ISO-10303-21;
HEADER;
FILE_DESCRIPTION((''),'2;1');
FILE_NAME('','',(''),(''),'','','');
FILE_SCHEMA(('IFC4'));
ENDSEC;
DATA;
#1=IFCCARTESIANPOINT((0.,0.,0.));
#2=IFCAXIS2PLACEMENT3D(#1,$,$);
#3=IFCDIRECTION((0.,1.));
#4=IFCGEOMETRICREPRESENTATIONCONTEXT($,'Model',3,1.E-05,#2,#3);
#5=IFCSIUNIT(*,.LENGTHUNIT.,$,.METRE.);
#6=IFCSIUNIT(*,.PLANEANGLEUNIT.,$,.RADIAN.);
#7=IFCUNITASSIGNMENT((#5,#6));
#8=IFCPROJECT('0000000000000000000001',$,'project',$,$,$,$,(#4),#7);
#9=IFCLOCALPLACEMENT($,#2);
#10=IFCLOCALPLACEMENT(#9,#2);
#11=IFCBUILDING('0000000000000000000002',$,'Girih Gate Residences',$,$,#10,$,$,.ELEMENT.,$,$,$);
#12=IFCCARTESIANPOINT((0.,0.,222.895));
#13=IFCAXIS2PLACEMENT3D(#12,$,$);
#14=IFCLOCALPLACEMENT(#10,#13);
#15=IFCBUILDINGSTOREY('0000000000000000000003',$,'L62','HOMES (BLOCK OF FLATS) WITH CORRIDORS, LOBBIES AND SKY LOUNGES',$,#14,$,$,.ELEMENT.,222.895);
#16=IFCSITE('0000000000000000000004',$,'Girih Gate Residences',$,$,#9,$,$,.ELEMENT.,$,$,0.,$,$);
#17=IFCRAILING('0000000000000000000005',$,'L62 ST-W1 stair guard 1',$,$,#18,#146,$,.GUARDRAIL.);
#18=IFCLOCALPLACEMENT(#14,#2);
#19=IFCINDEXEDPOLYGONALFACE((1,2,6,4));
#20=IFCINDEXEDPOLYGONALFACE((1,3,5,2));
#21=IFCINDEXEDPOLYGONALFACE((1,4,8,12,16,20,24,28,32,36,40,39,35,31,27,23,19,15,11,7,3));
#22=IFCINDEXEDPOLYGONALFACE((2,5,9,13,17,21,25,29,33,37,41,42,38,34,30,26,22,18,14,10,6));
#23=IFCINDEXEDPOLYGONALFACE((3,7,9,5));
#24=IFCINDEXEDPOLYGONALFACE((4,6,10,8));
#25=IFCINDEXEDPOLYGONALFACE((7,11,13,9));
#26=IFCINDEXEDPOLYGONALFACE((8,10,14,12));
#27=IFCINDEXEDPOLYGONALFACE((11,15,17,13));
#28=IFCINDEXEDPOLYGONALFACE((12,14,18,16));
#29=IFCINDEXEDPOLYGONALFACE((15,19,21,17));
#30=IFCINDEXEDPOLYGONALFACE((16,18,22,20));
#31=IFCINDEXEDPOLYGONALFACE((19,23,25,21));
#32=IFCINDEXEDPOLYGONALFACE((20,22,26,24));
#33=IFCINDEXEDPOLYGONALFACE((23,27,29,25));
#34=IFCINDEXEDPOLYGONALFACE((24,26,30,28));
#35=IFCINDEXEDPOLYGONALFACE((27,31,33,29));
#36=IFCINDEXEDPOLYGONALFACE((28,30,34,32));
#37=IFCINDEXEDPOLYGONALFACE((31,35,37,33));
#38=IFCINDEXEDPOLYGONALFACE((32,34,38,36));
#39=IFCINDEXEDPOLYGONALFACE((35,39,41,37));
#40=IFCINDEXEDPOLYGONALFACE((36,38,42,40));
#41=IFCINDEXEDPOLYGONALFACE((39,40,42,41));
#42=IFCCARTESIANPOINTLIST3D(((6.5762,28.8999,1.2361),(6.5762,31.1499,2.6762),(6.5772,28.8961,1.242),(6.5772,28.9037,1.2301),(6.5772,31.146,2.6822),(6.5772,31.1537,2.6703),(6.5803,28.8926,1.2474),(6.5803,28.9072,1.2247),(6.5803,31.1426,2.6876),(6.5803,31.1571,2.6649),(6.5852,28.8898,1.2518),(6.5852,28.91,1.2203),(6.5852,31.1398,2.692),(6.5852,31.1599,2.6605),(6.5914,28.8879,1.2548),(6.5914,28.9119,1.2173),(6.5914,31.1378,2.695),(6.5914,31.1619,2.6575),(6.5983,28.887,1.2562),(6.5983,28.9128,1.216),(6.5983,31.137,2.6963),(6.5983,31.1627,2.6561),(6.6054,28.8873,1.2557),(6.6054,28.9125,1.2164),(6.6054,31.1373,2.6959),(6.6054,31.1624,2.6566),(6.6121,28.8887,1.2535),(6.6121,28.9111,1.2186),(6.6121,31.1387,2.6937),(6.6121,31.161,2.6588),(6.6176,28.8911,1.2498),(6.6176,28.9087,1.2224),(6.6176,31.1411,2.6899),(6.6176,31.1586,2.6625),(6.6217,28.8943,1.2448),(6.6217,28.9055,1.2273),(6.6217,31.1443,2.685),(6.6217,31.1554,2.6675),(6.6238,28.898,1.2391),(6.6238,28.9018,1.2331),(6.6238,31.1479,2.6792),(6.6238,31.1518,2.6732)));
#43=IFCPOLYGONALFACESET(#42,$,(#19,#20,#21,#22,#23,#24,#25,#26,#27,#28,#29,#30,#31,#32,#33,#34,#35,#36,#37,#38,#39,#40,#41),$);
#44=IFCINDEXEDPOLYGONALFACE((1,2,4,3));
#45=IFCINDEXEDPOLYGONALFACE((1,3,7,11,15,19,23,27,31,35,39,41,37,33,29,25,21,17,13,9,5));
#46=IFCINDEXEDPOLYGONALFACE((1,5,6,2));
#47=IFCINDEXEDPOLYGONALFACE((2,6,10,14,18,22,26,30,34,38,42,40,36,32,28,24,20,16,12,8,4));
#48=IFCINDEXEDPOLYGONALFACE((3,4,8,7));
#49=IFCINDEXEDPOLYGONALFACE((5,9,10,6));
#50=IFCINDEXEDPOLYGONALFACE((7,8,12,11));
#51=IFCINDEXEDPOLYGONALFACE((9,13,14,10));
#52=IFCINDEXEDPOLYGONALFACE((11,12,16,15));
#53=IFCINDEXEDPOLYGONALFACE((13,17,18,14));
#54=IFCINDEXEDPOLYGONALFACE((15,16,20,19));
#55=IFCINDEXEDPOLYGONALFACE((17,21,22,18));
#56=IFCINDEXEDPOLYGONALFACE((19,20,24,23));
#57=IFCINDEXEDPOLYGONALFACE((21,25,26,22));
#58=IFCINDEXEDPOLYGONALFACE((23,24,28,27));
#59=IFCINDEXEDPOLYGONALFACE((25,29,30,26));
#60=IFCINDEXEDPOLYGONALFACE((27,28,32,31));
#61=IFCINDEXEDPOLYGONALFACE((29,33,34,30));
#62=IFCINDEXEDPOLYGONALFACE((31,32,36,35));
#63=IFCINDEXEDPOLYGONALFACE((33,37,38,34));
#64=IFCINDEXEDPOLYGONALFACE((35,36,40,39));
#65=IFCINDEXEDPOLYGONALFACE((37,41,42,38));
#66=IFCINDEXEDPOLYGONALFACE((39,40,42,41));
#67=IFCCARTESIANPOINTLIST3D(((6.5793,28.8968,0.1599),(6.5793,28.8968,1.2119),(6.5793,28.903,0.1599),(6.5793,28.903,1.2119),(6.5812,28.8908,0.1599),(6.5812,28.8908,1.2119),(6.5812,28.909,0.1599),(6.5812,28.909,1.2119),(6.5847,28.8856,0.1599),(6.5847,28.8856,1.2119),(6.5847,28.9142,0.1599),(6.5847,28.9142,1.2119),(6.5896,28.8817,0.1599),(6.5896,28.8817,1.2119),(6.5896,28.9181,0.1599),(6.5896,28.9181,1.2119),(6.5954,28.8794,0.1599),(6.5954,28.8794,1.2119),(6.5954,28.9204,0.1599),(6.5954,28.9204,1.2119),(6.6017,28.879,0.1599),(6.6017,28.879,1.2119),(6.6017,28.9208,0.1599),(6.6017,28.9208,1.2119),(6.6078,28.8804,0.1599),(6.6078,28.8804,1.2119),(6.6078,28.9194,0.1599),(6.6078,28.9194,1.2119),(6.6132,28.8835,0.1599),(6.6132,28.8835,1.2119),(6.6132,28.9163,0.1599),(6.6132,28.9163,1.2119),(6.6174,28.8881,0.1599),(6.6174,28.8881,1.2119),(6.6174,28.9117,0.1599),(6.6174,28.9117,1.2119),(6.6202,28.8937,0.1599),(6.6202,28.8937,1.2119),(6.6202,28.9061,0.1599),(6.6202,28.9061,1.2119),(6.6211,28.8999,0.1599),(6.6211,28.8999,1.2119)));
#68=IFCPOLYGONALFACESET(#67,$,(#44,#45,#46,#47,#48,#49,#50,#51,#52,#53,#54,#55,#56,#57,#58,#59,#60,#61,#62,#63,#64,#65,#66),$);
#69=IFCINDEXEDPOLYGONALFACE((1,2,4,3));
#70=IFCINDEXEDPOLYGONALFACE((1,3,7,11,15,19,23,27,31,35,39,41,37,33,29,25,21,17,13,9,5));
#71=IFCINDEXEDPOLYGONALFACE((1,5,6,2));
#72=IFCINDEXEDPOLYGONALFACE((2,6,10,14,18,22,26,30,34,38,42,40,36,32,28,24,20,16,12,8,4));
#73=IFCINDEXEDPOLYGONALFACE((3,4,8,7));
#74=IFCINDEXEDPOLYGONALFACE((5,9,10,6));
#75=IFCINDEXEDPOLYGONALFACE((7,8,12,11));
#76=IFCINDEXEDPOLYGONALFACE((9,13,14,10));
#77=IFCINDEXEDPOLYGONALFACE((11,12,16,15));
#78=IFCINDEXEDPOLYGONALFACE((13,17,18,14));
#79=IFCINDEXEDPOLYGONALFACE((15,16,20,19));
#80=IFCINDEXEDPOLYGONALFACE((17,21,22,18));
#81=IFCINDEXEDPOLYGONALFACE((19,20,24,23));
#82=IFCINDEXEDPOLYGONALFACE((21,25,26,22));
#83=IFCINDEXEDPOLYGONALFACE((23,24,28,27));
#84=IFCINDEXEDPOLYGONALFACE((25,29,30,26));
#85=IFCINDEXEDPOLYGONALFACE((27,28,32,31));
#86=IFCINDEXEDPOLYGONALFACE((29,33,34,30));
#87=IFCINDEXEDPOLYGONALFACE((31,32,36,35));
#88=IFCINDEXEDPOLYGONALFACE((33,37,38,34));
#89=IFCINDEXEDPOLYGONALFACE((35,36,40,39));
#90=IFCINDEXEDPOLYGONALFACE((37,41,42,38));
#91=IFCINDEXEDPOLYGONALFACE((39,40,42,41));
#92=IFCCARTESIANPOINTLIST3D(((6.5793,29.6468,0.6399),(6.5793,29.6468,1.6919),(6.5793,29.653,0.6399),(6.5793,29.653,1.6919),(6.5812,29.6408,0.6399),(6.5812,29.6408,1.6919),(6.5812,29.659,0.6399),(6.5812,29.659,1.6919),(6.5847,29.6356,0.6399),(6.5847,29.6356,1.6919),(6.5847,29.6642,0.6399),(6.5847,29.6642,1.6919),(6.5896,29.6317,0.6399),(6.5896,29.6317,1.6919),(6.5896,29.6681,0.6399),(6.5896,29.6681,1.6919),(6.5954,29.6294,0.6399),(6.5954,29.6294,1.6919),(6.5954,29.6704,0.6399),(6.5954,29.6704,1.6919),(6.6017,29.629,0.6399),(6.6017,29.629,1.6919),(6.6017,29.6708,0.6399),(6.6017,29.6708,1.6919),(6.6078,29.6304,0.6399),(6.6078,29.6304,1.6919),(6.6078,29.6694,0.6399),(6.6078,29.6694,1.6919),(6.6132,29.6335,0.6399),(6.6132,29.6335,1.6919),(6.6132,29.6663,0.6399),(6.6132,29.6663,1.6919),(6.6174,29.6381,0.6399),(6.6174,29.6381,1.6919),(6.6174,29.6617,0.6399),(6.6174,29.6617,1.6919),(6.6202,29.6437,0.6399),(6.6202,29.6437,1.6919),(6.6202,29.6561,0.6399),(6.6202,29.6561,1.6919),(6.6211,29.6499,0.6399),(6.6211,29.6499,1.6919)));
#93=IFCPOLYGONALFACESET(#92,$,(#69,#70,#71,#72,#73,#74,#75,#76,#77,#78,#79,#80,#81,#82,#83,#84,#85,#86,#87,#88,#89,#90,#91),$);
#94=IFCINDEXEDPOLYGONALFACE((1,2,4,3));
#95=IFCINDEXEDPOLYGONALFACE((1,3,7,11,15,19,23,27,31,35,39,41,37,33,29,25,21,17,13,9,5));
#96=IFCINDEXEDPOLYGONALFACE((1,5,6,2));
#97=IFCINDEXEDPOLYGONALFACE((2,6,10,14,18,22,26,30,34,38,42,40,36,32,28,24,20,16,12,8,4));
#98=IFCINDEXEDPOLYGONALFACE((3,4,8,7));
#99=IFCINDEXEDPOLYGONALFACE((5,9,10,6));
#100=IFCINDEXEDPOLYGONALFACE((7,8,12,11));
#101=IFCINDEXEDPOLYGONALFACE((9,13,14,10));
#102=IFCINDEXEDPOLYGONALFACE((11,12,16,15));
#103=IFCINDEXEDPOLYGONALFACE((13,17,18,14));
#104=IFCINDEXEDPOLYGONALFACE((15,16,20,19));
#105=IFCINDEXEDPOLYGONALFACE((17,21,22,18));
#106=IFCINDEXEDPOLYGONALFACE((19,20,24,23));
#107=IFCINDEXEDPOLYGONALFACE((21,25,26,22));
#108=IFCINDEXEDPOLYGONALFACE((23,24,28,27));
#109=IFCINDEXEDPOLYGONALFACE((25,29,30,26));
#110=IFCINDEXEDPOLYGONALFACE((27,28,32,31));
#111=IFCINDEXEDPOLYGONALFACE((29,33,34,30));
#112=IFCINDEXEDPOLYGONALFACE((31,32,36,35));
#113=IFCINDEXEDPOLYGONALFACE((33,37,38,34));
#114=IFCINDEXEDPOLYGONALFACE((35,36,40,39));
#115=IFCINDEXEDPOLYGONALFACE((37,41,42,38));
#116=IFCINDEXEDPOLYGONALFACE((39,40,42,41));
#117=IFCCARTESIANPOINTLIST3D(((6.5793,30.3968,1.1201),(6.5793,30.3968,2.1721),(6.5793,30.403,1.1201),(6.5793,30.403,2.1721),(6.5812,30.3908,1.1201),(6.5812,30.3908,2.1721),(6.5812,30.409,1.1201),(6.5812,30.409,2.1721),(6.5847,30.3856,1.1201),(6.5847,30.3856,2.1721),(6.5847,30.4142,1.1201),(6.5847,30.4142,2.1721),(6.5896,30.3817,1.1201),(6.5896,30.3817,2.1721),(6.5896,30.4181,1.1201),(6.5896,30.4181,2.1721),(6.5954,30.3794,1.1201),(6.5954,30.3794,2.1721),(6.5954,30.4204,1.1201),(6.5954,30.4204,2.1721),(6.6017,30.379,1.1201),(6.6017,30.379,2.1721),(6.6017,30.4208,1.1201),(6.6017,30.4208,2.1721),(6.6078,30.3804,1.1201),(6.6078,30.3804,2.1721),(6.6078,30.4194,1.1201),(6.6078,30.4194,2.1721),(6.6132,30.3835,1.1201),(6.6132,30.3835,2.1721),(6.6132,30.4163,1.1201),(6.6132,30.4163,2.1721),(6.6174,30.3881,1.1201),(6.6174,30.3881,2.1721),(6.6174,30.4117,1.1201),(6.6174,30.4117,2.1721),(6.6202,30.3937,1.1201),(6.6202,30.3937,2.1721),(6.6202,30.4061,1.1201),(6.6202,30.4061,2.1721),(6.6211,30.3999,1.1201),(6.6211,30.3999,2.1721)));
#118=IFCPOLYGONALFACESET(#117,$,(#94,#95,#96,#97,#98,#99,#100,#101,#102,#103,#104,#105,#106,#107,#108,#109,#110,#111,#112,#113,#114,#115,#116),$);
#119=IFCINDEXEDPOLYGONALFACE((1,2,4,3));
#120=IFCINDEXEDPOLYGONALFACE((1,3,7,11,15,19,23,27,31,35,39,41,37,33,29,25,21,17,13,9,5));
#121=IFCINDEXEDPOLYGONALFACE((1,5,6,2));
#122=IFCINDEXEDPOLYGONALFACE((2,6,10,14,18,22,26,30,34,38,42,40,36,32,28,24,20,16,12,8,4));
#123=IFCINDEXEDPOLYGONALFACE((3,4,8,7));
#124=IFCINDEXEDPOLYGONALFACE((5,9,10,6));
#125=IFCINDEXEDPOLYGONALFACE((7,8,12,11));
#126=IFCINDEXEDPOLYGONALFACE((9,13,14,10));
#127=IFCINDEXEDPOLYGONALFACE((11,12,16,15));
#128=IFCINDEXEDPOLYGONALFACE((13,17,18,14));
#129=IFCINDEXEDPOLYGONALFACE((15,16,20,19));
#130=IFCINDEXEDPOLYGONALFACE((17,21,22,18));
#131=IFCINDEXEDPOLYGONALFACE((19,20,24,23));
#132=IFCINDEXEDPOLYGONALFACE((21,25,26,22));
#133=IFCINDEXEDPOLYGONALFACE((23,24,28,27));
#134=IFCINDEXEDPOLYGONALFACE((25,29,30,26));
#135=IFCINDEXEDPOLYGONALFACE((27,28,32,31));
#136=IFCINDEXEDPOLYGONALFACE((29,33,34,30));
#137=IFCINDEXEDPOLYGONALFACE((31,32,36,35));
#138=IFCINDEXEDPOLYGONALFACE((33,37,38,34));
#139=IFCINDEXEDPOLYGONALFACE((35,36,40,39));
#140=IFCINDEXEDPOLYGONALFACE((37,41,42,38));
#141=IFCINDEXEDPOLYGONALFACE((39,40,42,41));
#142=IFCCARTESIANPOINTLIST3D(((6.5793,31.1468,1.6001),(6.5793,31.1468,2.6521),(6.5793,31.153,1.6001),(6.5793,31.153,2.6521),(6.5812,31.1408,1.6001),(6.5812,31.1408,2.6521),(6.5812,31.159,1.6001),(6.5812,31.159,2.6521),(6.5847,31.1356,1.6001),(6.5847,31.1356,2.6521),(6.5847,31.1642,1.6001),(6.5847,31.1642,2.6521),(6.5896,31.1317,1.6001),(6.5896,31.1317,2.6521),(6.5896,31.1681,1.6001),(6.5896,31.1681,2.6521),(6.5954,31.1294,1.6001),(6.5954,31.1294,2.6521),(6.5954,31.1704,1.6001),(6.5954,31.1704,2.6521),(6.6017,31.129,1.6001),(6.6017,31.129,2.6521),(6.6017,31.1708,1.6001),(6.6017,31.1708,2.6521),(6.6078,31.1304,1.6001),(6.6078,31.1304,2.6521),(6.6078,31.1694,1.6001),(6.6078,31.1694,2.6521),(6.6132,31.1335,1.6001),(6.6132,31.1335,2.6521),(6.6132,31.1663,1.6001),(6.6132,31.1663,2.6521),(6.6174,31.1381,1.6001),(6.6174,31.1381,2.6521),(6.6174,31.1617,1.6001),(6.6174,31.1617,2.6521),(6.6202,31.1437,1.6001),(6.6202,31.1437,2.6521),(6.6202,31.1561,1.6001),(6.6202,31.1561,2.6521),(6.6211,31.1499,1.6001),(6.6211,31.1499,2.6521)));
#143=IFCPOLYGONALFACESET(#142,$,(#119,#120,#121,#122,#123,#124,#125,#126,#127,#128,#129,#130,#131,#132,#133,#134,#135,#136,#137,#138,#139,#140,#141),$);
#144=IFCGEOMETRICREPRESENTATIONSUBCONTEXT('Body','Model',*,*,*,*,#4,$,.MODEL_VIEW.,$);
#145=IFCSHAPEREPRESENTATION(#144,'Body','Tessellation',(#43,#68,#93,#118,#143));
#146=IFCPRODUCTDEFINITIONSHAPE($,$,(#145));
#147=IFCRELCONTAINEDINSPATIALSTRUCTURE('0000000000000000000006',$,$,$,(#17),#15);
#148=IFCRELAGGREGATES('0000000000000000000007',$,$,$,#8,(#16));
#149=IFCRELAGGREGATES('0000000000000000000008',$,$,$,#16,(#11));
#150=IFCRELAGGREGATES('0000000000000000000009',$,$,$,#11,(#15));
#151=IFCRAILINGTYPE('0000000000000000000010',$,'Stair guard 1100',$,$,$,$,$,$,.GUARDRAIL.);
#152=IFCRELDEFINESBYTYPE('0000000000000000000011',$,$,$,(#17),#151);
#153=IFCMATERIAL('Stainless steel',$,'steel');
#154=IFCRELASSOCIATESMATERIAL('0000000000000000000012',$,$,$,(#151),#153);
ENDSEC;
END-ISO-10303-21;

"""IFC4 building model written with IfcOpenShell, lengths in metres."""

from ifc_helpers import new_model, si_unit, direction, frame, origin, origin_2d, place, context, subcontext, project, spatial, circle, extrude, material, type_object, element, save


model = new_model("IFC4")

# Units and contexts
model_context = context("Model", 3, precision=1e-05, world=origin(), true_north=direction((0.0, 1.0)))
body_context = subcontext(model_context, "Body", "Model", "MODEL_VIEW")
ifc_project = project(units=[si_unit("LENGTHUNIT", "METRE"), si_unit("PLANEANGLEUNIT", "RADIAN")], contexts=[model_context])

# Site, building, storey
site_placement = place(None, origin())
site = spatial("IfcSite", under=ifc_project, at=site_placement, Name="Girih Gate Residences", CompositionType="ELEMENT", RefElevation=0.0)
building_placement = place(site_placement, origin())
building = spatial("IfcBuilding", under=site, at=building_placement, Name="Girih Gate Residences", CompositionType="ELEMENT")
storey_placement = place(building_placement, frame((0.0, 0.0, 222.895)))
storey = spatial("IfcBuildingStorey", under=building, at=storey_placement, Name="L62", Description="HOMES (BLOCK OF FLATS) WITH CORRIDORS, LOBBIES AND SKY LOUNGES", CompositionType="ELEMENT", Elevation=222.895)

# Railing
ifc_material_1 = material(Name="Stainless steel", Category="steel")
railing_type_1 = type_object("IfcRailingType", Name="Stair guard 1100", PredefinedType="GUARDRAIL", material=ifc_material_1)
railing_1_placement = place(storey_placement, frame((6.6001, 28.8999, 0.1599)))
element("IfcRailing", 1, at=railing_1_placement, inside=storey, type_object=railing_type_1, Name="L62 ST-W1 stair guard 1", PredefinedType="GUARDRAIL", context=body_context, shape_type="SweptSolid", body=[
    extrude(circle(Radius=0.0239, at=origin_2d()), frame((0.0, 0.0, 1.0762), z_axis=(0.0, 0.84224, 0.539103), x_axis=(-1.0, 0.0, 0.0)), (0.0, 0.0, 1.0), 2.6714),
    extrude(circle(Radius=0.021, at=origin_2d()), origin(), (0.0, 0.0, 1.0), 1.052),
    extrude(circle(Radius=0.021, at=origin_2d()), frame((0.0, 0.75, 0.48)), (0.0, 0.0, 1.0), 1.052),
    extrude(circle(Radius=0.021, at=origin_2d()), frame((0.0, 1.5, 0.9602)), (0.0, 0.0, 1.0), 1.052),
    extrude(circle(Radius=0.021, at=origin_2d()), frame((0.0, 2.25, 1.4402)), (0.0, 0.0, 1.0), 1.052),
])

save(model, "model.ifc")
